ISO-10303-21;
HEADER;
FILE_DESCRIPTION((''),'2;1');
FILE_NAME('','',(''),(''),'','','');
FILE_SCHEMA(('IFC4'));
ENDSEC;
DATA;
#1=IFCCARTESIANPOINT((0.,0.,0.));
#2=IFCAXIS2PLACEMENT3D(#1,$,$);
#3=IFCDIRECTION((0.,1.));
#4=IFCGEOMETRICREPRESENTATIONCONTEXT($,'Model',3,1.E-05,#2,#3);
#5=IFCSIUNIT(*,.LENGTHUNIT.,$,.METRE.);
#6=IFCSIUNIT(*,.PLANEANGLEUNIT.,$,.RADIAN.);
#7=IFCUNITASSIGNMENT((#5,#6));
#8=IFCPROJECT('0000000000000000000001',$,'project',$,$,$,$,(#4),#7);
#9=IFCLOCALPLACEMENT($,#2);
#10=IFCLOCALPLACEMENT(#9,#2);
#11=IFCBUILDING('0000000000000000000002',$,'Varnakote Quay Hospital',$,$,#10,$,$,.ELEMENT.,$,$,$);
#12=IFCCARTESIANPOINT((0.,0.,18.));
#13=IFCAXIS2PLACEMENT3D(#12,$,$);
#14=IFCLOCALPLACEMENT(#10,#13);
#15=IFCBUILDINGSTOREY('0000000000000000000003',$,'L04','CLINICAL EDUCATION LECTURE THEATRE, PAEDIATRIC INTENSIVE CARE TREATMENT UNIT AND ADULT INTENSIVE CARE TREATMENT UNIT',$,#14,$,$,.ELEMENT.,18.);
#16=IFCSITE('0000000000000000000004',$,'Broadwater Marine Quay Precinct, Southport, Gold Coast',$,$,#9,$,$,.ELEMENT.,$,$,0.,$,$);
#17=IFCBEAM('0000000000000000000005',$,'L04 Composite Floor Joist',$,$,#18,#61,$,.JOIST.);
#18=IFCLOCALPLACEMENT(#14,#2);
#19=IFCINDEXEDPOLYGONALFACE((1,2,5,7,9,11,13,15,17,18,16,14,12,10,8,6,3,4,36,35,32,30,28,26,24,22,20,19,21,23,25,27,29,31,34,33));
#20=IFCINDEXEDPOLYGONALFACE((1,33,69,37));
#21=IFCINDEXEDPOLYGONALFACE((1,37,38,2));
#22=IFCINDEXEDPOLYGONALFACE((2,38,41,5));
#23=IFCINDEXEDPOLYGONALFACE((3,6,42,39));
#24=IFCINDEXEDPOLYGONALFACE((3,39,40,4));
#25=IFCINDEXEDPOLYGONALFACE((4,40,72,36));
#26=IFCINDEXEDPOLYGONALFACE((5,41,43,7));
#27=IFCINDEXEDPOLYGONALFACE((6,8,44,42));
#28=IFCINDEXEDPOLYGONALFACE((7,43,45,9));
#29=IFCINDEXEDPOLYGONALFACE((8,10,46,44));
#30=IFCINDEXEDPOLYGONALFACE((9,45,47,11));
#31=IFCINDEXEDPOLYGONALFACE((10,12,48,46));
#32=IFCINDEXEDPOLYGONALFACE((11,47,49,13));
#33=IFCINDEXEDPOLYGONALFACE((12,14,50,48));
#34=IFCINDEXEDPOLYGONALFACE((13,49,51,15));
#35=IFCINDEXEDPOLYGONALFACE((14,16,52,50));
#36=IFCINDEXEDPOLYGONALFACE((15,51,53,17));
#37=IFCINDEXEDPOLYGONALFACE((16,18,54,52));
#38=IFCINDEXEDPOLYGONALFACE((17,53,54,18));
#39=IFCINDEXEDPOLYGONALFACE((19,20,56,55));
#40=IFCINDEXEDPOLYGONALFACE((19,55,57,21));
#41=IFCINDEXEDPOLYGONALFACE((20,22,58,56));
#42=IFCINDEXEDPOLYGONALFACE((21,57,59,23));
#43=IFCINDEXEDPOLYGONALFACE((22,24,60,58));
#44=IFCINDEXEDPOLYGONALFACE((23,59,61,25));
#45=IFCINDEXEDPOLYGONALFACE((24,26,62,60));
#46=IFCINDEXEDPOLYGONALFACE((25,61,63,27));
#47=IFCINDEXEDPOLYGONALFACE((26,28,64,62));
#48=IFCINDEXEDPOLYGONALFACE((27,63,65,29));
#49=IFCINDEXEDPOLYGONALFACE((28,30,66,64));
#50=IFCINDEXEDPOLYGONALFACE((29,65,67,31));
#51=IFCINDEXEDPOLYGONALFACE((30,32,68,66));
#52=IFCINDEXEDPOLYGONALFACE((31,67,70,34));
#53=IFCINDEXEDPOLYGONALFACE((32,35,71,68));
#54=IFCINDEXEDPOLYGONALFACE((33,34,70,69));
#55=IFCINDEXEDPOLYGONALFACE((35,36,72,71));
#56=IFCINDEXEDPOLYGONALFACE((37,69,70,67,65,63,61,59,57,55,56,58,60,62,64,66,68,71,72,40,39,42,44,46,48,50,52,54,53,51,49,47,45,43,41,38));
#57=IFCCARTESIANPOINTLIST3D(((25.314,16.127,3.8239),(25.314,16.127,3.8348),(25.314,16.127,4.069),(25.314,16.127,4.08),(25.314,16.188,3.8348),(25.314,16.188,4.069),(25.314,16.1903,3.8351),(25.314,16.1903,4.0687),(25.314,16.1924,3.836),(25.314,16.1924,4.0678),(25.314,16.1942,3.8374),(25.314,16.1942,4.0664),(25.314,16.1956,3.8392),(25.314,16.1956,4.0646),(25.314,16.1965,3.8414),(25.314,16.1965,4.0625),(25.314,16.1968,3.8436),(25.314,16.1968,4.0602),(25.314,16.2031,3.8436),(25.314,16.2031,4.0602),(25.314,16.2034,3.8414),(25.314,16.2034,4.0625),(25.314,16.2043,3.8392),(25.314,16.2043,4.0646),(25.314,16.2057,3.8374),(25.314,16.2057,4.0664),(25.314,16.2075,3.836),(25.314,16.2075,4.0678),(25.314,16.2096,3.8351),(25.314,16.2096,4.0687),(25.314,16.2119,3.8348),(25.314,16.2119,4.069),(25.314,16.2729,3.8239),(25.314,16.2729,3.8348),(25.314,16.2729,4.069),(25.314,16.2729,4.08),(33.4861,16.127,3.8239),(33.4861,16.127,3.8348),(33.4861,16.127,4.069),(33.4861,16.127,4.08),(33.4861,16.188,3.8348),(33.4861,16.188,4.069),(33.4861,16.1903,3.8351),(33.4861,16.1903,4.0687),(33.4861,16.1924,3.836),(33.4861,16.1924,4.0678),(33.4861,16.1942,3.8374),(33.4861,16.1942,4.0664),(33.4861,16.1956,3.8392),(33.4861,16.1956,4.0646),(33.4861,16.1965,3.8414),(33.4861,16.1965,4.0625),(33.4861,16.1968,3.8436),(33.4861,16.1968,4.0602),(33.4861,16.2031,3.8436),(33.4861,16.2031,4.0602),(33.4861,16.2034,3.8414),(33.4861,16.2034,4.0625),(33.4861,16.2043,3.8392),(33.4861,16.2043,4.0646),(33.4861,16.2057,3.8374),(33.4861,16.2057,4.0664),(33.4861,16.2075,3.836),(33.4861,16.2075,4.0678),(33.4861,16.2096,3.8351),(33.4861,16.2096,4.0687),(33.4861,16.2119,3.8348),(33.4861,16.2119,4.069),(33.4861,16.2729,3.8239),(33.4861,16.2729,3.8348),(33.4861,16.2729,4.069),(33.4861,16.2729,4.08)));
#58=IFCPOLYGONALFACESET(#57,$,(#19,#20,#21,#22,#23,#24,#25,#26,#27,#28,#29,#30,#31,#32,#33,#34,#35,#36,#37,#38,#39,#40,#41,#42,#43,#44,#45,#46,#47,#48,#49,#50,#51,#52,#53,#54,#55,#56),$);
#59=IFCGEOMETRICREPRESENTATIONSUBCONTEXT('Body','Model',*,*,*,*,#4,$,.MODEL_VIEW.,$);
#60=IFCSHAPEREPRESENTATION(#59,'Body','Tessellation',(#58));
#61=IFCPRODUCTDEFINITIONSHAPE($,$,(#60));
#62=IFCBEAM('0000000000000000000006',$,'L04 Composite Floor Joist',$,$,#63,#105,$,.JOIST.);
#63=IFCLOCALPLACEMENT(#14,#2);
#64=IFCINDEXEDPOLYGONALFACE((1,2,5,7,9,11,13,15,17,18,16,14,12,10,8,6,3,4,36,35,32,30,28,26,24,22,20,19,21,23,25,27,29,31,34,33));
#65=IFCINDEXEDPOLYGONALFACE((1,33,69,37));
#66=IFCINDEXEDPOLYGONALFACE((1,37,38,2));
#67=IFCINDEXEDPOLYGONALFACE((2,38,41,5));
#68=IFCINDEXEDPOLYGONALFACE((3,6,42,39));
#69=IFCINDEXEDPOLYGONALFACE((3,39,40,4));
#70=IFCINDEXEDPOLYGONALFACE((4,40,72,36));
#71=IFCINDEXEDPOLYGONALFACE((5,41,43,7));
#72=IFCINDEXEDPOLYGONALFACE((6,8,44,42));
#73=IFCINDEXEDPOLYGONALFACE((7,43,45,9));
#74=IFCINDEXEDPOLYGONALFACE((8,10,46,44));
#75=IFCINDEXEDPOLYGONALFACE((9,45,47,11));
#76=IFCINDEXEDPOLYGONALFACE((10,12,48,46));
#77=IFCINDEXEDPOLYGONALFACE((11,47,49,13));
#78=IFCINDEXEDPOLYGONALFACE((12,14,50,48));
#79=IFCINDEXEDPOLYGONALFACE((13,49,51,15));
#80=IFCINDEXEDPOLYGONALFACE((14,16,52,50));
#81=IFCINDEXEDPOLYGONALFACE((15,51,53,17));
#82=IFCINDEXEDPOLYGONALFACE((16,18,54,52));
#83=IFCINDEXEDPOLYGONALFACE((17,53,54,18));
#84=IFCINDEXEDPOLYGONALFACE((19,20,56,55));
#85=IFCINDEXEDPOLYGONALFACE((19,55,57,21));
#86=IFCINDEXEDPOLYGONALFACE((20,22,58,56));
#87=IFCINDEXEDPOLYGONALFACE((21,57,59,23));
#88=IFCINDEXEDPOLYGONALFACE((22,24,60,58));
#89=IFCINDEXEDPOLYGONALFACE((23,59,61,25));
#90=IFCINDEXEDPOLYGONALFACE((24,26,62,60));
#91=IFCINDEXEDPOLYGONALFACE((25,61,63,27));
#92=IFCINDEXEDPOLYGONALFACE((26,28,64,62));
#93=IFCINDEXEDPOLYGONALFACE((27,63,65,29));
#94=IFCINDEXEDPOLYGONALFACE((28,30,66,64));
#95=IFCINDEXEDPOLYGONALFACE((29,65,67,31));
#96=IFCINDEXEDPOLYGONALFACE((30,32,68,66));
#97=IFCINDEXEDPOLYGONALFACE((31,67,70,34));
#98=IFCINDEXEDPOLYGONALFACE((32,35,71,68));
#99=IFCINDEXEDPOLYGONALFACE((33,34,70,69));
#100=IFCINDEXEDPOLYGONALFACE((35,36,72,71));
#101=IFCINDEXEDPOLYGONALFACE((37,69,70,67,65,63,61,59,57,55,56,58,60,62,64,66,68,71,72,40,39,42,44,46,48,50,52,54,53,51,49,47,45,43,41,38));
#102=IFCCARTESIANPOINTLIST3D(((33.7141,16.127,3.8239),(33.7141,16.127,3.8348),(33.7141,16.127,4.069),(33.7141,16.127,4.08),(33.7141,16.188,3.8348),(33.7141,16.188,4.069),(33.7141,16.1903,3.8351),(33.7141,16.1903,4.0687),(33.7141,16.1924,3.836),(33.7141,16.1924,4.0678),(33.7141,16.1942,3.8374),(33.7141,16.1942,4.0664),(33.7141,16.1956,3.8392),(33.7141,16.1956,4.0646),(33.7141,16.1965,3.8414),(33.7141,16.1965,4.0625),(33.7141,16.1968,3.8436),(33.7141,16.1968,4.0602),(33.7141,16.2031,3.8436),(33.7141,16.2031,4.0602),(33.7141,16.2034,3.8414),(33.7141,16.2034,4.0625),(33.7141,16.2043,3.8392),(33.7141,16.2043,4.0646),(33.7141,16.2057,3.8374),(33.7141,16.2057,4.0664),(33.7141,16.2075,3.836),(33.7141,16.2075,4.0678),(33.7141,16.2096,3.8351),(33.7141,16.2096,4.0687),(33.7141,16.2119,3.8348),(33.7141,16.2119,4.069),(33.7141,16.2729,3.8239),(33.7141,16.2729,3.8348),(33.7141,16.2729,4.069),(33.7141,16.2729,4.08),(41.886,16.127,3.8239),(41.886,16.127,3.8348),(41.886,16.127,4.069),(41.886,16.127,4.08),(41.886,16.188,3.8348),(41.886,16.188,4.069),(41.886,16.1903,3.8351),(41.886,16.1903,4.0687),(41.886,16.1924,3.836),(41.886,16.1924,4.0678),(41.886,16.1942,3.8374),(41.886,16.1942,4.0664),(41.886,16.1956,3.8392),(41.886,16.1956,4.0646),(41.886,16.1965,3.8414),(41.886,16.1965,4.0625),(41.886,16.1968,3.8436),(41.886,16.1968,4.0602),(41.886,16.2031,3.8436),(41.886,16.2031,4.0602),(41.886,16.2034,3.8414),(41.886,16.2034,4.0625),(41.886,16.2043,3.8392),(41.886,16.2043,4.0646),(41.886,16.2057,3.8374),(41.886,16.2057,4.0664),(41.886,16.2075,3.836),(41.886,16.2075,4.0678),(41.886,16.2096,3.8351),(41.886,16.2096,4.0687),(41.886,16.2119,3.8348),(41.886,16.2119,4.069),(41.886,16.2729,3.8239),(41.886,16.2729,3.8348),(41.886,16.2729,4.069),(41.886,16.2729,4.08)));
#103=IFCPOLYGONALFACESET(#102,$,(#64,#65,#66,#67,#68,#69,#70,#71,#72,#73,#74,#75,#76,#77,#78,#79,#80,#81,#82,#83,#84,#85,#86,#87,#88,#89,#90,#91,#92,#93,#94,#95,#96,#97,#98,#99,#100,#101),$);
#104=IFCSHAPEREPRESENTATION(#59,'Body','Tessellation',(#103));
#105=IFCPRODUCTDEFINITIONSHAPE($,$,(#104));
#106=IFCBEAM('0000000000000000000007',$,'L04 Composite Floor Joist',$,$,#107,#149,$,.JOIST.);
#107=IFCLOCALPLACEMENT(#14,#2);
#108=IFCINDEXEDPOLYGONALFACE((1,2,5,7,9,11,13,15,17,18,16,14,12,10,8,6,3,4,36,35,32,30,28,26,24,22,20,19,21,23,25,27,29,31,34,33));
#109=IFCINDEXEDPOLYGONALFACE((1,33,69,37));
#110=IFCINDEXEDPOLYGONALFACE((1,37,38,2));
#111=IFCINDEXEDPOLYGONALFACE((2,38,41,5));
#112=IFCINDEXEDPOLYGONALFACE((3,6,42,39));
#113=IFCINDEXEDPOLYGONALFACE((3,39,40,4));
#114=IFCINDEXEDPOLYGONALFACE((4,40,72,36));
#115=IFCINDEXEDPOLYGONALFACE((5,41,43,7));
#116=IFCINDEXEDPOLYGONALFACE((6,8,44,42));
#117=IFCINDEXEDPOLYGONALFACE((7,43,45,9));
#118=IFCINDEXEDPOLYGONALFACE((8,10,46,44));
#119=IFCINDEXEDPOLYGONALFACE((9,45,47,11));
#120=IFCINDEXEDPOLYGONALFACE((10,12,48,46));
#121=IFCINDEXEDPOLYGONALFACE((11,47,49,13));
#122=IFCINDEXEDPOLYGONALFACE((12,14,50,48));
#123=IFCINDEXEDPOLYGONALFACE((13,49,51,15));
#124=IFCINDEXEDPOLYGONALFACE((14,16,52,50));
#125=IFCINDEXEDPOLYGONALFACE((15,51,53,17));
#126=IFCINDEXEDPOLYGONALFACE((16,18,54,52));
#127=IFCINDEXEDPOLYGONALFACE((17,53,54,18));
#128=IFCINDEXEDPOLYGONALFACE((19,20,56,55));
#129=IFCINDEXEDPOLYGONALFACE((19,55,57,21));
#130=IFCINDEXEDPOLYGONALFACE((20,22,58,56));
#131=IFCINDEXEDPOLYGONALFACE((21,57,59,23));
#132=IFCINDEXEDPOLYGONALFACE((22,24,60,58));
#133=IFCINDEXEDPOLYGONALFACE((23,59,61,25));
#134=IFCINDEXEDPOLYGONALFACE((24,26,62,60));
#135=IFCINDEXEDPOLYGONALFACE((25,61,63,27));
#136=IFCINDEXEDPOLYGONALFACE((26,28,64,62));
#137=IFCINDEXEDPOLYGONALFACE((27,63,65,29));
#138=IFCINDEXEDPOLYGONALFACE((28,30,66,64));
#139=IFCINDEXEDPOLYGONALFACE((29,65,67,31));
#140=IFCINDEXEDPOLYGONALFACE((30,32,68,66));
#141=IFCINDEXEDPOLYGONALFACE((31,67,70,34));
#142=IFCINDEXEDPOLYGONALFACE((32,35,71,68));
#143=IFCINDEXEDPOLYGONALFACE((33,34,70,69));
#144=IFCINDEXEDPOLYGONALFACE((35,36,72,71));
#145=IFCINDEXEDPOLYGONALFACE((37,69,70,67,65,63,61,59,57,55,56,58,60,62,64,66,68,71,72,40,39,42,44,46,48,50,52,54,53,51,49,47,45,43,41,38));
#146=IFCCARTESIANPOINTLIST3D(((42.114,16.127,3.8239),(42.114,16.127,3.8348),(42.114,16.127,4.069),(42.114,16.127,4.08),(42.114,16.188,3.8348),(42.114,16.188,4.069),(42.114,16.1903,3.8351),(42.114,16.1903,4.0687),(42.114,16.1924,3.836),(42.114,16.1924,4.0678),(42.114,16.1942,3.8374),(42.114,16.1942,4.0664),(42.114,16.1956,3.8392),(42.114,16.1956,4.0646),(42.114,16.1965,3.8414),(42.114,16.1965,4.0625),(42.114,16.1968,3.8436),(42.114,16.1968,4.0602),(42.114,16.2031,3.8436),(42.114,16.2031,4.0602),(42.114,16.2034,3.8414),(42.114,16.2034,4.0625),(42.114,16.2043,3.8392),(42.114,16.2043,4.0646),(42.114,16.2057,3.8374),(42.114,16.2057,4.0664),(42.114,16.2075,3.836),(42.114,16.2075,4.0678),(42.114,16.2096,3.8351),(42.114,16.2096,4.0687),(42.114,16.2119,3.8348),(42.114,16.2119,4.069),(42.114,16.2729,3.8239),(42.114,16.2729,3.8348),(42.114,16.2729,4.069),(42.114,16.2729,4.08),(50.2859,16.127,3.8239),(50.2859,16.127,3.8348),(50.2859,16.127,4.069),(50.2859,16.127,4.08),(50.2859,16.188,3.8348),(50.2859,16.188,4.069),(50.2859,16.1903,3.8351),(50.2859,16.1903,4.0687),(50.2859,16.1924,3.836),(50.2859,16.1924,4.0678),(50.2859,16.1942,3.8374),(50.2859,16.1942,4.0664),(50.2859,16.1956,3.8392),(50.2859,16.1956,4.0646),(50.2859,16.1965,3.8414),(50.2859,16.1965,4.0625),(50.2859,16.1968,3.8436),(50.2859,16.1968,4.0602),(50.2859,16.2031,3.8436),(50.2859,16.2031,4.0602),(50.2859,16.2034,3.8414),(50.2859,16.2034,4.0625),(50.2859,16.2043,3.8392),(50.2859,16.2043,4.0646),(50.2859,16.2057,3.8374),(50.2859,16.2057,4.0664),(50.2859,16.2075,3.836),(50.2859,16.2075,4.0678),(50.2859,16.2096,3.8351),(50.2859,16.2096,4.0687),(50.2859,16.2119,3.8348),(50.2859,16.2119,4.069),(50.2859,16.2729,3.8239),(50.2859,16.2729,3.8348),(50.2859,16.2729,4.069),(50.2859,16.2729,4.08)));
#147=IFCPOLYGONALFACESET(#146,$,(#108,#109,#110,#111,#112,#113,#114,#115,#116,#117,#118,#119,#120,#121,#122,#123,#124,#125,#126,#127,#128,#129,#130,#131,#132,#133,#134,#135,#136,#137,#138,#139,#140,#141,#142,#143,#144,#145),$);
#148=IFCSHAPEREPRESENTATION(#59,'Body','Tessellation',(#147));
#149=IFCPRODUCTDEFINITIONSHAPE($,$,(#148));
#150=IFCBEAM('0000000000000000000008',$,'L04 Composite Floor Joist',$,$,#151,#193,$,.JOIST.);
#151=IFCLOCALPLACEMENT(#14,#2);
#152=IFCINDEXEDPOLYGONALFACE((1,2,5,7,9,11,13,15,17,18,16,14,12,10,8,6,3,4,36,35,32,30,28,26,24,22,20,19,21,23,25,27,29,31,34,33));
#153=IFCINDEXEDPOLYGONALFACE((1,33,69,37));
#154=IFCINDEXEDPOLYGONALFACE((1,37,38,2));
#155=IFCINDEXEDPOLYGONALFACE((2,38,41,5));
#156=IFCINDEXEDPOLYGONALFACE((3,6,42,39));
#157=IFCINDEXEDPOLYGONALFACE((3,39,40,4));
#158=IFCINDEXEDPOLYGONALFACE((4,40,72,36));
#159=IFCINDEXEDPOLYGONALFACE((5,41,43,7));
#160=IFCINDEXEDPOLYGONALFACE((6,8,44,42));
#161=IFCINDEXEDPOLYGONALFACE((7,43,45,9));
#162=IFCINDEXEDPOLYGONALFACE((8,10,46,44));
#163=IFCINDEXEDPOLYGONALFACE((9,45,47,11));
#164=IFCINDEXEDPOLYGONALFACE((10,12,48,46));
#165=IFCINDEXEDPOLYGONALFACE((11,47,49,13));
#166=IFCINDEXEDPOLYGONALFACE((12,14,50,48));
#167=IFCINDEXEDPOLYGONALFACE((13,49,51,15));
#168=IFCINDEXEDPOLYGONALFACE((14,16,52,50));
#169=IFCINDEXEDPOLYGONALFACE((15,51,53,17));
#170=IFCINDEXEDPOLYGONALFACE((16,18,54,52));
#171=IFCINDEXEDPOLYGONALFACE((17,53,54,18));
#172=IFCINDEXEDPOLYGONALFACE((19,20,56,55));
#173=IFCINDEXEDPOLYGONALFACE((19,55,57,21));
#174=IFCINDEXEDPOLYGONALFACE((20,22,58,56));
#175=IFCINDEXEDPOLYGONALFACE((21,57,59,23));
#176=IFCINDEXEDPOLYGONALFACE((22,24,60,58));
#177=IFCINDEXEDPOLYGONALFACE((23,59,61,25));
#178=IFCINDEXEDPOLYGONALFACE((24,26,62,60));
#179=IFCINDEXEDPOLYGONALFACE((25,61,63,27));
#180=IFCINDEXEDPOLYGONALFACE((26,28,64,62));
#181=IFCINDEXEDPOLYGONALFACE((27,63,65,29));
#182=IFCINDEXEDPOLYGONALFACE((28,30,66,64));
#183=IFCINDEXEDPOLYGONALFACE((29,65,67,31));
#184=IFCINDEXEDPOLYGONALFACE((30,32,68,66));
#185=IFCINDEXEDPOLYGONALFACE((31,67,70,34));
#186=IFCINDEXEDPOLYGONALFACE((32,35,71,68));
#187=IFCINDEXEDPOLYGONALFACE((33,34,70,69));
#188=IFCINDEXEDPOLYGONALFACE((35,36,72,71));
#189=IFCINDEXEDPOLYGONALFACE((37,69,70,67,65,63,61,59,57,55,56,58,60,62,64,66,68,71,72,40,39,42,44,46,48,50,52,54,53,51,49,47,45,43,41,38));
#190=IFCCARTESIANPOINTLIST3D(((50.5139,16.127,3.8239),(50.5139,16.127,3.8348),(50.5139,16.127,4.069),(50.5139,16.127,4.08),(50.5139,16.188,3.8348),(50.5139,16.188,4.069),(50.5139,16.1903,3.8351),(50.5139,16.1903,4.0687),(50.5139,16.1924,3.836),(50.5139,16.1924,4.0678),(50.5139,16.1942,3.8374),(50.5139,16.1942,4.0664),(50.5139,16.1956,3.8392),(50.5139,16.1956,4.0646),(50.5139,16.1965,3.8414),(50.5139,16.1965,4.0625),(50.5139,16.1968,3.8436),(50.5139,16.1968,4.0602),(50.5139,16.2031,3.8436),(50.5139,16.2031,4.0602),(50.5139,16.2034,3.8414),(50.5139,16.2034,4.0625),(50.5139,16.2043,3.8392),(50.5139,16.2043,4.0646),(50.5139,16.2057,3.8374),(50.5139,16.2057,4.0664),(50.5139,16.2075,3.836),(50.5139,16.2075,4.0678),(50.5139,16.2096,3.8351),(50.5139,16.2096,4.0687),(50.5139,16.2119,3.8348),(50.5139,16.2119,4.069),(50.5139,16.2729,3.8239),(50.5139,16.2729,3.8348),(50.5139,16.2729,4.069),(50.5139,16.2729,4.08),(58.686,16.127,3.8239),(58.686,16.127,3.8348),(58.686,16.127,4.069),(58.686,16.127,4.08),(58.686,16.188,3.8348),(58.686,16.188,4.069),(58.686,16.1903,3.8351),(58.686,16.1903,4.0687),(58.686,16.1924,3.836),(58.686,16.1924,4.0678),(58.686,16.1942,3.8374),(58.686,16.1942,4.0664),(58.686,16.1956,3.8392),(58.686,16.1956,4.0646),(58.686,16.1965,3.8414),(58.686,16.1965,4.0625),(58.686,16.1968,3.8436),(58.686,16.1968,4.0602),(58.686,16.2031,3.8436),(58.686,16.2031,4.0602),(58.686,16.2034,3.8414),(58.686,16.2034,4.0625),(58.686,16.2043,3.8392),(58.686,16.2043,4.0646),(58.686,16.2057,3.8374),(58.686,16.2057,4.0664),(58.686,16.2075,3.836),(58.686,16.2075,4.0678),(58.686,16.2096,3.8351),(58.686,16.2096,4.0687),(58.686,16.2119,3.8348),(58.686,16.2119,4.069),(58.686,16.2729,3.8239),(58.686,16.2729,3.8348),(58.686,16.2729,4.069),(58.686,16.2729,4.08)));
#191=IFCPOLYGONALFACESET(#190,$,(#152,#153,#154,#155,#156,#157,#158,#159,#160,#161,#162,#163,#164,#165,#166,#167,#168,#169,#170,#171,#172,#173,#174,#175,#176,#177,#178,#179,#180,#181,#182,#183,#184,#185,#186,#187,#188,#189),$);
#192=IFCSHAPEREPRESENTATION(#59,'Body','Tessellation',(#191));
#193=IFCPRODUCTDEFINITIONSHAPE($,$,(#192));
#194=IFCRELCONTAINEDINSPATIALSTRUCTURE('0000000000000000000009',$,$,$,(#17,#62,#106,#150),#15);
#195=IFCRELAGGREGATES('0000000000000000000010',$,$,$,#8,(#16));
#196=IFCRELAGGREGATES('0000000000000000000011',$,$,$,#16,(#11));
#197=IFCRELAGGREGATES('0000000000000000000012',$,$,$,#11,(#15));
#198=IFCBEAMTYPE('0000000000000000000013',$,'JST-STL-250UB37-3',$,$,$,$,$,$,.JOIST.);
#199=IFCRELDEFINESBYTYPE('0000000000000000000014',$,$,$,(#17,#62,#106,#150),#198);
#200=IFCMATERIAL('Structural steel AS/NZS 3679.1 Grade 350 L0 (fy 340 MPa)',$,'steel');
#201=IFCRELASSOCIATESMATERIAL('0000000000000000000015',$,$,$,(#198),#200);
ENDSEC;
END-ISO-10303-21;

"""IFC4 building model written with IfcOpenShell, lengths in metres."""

from ifc_helpers import new_model, si_unit, direction, frame, origin, origin_2d, place, context, subcontext, project, spatial, i_section, extrude, material, material_profile, profile_set, type_object, element, save


model = new_model("IFC4")

# Units and contexts
model_context = context("Model", 3, precision=1e-05, world=origin(), true_north=direction((0.0, 1.0)))
body_context = subcontext(model_context, "Body", "Model", "MODEL_VIEW")
ifc_project = project(units=[si_unit("LENGTHUNIT", "METRE"), si_unit("PLANEANGLEUNIT", "RADIAN")], contexts=[model_context])

# Site, building, storey
site_placement = place(None, origin())
site = spatial("IfcSite", under=ifc_project, at=site_placement, Name="Broadwater Marine Quay Precinct, Southport, Gold Coast", CompositionType="ELEMENT", RefElevation=0.0)
building_placement = place(site_placement, origin())
building = spatial("IfcBuilding", under=site, at=building_placement, Name="Varnakote Quay Hospital", CompositionType="ELEMENT")
storey_placement = place(building_placement, frame((0.0, 0.0, 18.0)))
storey = spatial("IfcBuildingStorey", under=building, at=storey_placement, Name="L04", Description="CLINICAL EDUCATION LECTURE THEATRE, PAEDIATRIC INTENSIVE CARE TREATMENT UNIT AND ADULT INTENSIVE CARE TREATMENT UNIT", CompositionType="ELEMENT", Elevation=18.0)

# Beams
ifc_material_1 = material(Name="Structural steel AS/NZS 3679.1 Grade 350 L0 (fy 340 MPa)", Category="steel")
ifc_material_profile_1 = material_profile(ifc_material_1, i_section(OverallWidth=0.146, OverallDepth=0.2561, WebThickness=0.0063, FlangeThickness=0.011, FilletRadius=0.0088, at=origin_2d()), Name="250UB37.3")
ifc_profile_set_1 = profile_set([ifc_material_profile_1], Name="Structural steel AS/NZS 3679.1 Grade 350 L0 (fy 340 MPa)")
beam_type_1 = type_object("IfcBeamType", Name="JST-STL-250UB37-3", PredefinedType="JOIST", material=ifc_profile_set_1)
beam_1_placement = place(storey_placement, frame((25.314, 16.2, 3.9519), z_axis=(1.0, 0.0, 0.0), x_axis=(0.0, 1.0, 0.0)))
element("IfcBeam", 1, at=beam_1_placement, inside=storey, type_object=beam_type_1, Name="L04 Composite Floor Joist", PredefinedType="JOIST", context=body_context, shape_type="SweptSolid", body=[
    extrude(i_section(OverallWidth=0.146, OverallDepth=0.2561, WebThickness=0.0063, FlangeThickness=0.011, FilletRadius=0.0088, at=origin_2d()), origin(), (0.0, 0.0, 1.0), 8.1721),
])
for number, where, z_axis, x_axis, name in (
    (2, (33.7141, 16.2, 3.9519), (1.0, 0.0, 0.0), (0.0, 1.0, 0.0), "L04 Composite Floor Joist"),
    (3, (42.114, 16.2, 3.9519), (1.0, 0.0, 0.0), (0.0, 1.0, 0.0), "L04 Composite Floor Joist"),
):
    element("IfcBeam", number, at=place(storey_placement, frame(where, z_axis=z_axis, x_axis=x_axis)), inside=storey, type_object=beam_type_1, Name=name, PredefinedType="JOIST", context=body_context, shape_type="SweptSolid", body=[
        extrude(i_section(OverallWidth=0.146, OverallDepth=0.2561, WebThickness=0.0063, FlangeThickness=0.011, FilletRadius=0.0088, at=origin_2d()), origin(), (0.0, 0.0, 1.0), 8.1719),
    ])
for number, where, z_axis, x_axis, name in (
    (4, (50.5139, 16.2, 3.9519), (1.0, 0.0, 0.0), (0.0, 1.0, 0.0), "L04 Composite Floor Joist"),
):
    element("IfcBeam", number, at=place(storey_placement, frame(where, z_axis=z_axis, x_axis=x_axis)), inside=storey, type_object=beam_type_1, Name=name, PredefinedType="JOIST", context=body_context, shape_type="SweptSolid", body=[
        extrude(i_section(OverallWidth=0.146, OverallDepth=0.2561, WebThickness=0.0063, FlangeThickness=0.011, FilletRadius=0.0088, at=origin_2d()), origin(), (0.0, 0.0, 1.0), 8.1721),
    ])

save(model, "model.ifc")
